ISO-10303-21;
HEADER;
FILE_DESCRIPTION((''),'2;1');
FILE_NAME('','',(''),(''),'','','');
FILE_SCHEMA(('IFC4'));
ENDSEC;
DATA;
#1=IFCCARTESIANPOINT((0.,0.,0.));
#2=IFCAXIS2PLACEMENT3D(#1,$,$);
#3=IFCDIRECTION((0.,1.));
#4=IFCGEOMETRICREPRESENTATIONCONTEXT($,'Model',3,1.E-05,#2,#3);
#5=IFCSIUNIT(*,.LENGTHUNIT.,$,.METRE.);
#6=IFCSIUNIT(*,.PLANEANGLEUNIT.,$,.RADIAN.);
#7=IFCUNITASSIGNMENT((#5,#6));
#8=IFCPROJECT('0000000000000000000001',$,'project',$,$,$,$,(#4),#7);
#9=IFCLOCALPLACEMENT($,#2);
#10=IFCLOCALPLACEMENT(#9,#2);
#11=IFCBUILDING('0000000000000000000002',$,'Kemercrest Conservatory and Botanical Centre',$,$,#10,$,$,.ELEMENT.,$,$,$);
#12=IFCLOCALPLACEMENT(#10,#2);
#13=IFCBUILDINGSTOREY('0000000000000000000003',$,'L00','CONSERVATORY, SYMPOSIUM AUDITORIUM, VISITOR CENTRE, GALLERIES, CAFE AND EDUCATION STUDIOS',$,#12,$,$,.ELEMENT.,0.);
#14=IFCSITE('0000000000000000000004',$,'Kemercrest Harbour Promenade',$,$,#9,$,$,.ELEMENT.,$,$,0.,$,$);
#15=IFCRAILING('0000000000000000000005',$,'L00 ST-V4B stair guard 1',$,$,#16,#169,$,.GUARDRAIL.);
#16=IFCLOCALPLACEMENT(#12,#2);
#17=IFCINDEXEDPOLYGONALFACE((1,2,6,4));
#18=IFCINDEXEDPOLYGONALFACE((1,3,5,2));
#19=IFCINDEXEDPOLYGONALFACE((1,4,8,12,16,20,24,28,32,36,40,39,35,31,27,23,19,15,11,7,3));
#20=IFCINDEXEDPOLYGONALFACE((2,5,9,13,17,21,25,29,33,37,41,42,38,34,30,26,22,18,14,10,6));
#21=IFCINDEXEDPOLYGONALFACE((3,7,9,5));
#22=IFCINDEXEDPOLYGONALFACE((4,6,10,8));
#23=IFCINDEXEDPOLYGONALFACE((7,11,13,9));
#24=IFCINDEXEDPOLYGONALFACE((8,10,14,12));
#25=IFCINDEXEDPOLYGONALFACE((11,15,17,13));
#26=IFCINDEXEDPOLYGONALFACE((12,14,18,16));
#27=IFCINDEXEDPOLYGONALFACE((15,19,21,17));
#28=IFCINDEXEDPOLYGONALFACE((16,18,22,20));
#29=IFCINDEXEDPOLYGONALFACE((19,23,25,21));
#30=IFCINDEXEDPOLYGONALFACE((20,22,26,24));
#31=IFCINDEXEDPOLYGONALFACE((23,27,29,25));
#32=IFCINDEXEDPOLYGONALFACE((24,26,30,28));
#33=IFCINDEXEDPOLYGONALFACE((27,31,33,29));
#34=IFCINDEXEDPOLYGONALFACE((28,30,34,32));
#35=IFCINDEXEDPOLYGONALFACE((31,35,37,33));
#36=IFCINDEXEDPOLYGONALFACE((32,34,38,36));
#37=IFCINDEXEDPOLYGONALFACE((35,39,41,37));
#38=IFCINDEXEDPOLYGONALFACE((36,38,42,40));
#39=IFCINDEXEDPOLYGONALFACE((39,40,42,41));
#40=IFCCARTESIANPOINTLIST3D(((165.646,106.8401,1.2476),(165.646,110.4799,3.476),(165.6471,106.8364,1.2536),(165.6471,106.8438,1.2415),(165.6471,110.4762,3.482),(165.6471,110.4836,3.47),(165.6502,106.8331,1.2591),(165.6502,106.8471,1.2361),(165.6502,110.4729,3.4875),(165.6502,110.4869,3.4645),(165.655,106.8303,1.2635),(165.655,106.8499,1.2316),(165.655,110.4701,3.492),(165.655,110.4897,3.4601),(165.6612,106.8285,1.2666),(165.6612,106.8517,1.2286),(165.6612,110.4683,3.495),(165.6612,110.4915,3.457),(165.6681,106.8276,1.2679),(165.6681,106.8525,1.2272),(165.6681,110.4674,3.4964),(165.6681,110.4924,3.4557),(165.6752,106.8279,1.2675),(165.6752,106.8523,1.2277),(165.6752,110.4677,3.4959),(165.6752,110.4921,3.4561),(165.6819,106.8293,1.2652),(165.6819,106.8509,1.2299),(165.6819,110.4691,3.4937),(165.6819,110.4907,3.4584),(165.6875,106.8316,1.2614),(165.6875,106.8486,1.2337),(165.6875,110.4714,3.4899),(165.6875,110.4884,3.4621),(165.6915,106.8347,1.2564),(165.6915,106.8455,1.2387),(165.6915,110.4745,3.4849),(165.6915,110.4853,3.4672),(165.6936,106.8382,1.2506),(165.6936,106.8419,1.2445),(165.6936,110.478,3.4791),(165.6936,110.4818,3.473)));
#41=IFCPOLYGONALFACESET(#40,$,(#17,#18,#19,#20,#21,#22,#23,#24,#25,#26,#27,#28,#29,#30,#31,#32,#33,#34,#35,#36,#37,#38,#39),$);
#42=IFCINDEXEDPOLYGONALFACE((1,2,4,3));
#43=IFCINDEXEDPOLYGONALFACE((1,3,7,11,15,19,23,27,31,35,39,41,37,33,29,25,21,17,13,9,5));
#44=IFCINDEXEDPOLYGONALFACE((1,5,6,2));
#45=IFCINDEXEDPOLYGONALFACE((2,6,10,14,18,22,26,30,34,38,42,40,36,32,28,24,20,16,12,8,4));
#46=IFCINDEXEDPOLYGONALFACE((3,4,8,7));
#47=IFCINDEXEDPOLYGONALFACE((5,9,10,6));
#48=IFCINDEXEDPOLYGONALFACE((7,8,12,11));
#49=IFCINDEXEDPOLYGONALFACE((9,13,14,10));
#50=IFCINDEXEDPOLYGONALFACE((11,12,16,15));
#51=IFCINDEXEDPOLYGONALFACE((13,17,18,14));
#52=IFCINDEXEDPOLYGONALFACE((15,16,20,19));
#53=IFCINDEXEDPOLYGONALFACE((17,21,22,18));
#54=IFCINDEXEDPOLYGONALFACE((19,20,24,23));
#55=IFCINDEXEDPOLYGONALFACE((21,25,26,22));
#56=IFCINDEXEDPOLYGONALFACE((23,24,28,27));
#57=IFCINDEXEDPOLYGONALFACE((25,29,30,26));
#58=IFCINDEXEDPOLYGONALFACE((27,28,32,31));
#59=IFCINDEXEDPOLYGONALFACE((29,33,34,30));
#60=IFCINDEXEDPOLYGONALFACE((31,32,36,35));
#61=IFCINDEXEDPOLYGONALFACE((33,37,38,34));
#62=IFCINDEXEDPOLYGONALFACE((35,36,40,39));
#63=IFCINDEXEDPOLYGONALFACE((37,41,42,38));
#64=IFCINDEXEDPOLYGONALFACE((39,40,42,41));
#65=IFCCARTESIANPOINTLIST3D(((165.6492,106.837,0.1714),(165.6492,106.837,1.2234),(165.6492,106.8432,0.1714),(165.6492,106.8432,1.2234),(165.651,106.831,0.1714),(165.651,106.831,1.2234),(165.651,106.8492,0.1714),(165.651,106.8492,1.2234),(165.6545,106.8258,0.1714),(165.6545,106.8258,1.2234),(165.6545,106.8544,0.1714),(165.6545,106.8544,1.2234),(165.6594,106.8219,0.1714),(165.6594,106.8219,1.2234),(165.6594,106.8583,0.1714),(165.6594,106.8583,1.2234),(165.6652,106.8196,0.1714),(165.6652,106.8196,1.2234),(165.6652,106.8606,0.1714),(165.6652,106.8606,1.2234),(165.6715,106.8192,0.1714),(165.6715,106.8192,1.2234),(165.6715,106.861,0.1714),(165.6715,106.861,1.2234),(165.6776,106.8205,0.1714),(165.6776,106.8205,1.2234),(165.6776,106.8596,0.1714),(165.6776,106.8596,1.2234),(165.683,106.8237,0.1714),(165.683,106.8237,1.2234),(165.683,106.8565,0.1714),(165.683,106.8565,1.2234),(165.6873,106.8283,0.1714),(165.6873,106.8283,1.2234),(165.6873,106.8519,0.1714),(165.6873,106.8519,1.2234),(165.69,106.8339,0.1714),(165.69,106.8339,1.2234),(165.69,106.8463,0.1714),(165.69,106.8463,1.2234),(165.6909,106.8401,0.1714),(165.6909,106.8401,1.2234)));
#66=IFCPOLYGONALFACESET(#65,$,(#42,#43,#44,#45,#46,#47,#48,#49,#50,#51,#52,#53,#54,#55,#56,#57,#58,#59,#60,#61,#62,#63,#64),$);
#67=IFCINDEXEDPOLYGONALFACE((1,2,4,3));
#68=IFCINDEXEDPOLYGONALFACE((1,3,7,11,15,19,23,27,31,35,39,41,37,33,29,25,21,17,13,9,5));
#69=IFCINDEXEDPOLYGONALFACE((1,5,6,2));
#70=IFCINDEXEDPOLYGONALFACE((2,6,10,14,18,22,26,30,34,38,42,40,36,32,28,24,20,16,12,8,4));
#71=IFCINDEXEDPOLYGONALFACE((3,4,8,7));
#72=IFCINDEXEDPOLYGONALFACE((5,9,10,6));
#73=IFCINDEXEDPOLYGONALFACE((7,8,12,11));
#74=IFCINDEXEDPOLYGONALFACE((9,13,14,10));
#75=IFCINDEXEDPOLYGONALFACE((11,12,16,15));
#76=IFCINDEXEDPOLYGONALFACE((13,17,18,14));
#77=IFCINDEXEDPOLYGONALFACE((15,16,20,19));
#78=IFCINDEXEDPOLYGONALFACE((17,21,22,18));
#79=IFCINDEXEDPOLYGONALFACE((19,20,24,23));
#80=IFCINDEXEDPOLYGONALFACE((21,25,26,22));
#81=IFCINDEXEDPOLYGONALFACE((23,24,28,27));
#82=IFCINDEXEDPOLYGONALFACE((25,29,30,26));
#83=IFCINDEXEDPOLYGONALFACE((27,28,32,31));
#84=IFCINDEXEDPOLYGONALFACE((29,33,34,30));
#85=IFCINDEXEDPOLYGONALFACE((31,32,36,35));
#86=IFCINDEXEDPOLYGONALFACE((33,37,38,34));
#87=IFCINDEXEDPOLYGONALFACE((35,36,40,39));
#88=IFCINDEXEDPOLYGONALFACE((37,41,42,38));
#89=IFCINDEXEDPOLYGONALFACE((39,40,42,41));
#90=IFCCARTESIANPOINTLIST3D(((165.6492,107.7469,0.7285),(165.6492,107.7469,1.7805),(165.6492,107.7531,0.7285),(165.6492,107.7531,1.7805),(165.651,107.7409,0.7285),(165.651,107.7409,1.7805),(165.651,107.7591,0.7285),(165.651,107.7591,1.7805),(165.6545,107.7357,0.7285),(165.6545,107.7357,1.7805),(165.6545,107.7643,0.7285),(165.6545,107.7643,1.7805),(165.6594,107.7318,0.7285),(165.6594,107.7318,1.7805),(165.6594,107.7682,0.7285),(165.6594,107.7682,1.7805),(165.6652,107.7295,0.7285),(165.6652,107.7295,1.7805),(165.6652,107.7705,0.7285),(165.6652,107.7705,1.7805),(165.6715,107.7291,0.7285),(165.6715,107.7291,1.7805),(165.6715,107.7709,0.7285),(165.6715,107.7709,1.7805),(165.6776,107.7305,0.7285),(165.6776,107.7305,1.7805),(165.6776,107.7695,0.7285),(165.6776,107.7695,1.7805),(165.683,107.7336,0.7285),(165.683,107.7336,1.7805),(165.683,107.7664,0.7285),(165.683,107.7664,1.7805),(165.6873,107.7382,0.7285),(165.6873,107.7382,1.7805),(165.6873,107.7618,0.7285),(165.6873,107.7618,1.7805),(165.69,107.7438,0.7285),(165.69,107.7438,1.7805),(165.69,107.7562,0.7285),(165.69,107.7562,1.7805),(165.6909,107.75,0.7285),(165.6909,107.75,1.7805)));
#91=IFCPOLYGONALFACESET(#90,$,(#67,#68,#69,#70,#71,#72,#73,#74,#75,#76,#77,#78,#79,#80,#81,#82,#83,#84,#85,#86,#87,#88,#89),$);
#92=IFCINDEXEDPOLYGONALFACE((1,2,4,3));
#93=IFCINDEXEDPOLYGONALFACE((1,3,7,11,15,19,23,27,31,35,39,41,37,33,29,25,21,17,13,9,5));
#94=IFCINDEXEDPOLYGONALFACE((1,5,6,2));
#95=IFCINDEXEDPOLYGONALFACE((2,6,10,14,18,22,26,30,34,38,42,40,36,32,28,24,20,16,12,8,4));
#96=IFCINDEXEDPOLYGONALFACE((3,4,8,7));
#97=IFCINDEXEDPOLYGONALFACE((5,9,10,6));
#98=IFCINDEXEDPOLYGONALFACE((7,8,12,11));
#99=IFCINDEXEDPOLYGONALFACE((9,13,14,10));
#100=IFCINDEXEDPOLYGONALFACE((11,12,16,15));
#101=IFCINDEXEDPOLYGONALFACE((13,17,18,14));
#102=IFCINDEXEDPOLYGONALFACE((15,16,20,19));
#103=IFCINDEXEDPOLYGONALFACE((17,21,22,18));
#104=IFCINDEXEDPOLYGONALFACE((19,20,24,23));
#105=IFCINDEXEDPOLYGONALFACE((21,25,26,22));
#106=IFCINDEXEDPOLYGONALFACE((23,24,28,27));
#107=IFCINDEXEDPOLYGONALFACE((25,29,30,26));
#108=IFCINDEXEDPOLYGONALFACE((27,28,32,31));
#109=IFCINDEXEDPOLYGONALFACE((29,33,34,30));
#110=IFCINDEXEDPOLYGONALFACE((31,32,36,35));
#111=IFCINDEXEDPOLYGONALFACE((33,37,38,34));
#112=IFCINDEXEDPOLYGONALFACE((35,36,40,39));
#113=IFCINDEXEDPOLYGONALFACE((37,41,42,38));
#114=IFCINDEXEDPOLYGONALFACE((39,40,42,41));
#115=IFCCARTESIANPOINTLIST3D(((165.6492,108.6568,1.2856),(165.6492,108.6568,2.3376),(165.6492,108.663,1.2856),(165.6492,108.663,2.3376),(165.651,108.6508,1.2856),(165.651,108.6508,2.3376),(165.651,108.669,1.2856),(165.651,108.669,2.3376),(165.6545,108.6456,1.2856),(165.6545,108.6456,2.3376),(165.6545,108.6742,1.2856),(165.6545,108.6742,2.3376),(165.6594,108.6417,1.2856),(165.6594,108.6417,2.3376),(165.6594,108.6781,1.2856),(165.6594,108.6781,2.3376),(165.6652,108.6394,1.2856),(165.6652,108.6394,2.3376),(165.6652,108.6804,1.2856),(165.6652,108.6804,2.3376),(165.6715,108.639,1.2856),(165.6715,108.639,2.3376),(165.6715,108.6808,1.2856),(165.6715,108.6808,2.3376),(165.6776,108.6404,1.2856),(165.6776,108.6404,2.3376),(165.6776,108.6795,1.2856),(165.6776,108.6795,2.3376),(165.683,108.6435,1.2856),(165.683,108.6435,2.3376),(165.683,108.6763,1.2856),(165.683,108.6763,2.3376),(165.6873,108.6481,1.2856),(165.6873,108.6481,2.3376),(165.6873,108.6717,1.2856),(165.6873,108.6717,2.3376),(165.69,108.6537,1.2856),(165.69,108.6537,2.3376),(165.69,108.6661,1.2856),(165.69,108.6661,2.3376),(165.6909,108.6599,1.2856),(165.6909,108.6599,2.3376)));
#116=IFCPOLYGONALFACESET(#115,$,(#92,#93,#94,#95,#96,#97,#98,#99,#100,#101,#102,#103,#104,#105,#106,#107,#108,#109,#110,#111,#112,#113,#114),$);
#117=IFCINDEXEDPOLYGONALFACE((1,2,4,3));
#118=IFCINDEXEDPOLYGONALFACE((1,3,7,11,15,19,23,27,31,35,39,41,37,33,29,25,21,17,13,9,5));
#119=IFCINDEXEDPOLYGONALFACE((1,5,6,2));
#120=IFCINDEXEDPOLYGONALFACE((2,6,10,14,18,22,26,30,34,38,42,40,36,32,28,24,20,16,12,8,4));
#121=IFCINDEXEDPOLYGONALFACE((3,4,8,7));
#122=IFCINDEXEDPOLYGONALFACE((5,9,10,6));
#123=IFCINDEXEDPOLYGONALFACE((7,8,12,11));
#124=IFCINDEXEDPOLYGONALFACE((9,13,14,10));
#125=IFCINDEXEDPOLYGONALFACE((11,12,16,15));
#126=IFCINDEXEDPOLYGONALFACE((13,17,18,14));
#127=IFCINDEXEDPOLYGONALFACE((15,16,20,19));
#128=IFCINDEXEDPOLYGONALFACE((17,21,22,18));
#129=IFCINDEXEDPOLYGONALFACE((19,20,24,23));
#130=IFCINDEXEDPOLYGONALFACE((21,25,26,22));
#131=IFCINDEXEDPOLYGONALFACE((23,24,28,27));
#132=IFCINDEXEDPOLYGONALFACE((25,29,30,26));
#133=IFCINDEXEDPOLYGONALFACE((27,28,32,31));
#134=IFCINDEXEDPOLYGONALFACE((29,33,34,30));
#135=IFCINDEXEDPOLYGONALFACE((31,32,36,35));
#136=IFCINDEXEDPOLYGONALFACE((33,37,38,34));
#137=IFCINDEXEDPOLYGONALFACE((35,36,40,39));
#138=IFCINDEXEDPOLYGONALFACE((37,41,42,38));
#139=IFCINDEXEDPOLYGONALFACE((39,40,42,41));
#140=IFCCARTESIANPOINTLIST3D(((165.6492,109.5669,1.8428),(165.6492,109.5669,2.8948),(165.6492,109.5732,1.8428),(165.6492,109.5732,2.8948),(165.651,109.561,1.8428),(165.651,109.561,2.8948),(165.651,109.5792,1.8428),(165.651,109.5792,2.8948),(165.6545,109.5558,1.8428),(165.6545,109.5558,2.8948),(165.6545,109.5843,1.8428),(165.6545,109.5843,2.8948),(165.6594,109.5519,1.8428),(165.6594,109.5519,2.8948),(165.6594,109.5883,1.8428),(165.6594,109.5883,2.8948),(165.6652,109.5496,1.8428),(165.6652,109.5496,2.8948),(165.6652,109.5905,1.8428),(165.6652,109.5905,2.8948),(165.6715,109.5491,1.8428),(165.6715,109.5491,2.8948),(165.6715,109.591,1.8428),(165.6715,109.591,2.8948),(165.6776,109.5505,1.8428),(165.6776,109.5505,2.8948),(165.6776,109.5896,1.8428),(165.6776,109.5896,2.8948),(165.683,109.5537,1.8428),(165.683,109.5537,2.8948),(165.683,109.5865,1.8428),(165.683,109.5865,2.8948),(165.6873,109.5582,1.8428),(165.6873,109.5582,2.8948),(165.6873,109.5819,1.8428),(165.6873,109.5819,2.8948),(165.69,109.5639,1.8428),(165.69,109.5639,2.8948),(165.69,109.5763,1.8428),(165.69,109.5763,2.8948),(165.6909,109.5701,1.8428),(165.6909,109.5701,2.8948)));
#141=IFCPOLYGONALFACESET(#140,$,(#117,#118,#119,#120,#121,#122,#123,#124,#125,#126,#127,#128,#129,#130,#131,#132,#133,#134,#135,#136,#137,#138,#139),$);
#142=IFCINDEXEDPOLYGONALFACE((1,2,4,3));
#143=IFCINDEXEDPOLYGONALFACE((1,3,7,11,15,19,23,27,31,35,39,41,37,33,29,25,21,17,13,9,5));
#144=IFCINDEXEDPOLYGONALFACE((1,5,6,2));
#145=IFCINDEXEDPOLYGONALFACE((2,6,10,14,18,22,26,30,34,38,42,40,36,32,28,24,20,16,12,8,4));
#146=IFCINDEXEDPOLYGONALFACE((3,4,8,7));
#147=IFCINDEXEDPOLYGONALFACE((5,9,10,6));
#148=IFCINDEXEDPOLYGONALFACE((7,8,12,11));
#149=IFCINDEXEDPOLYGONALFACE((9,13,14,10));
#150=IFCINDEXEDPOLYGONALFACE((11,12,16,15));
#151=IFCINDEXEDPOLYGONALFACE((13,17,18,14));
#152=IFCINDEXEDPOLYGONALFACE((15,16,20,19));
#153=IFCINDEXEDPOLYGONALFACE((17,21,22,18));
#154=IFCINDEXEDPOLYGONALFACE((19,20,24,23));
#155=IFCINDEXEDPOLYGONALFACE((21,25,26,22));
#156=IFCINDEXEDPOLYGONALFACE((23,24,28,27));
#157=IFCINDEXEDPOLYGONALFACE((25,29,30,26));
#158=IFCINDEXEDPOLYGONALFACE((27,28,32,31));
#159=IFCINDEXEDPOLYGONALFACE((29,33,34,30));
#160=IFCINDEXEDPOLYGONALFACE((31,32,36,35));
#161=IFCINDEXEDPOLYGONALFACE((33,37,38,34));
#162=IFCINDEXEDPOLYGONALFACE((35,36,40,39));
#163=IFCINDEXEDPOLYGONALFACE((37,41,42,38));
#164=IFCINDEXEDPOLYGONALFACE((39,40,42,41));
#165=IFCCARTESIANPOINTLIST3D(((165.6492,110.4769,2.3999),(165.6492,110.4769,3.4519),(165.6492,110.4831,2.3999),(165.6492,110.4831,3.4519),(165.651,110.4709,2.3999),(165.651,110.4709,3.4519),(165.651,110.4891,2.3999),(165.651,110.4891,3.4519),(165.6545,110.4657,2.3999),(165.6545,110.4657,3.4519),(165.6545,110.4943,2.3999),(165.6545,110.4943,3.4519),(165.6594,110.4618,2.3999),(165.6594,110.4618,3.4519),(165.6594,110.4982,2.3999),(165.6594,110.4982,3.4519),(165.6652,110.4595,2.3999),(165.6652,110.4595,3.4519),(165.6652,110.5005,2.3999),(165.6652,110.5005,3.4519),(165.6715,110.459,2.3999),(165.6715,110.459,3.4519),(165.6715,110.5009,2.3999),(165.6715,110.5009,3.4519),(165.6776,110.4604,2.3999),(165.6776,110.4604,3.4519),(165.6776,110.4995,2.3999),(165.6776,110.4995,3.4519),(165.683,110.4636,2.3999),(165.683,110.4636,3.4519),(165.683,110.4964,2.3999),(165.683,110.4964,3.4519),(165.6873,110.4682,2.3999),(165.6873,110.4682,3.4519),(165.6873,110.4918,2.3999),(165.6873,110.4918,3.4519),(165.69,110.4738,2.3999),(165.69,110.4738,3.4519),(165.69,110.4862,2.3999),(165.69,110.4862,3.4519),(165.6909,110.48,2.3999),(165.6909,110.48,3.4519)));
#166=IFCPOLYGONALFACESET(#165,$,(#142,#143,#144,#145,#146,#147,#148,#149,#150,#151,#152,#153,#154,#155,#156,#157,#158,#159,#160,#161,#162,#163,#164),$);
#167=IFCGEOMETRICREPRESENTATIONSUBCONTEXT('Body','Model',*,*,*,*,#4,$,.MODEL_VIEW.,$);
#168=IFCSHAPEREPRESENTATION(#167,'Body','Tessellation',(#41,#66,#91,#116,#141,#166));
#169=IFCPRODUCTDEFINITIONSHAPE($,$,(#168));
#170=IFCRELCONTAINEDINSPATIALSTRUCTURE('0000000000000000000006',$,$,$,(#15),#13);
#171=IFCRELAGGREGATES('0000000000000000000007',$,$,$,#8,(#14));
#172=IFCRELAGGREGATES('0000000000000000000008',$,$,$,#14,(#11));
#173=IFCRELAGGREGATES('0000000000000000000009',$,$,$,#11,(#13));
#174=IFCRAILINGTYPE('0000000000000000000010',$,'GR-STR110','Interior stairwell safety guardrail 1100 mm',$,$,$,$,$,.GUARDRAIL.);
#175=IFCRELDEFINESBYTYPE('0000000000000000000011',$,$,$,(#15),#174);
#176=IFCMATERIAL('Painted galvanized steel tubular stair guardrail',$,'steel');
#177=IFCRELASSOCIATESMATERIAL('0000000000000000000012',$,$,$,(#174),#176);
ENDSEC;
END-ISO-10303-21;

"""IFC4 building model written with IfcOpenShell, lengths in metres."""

from ifc_helpers import new_model, si_unit, direction, frame, origin, origin_2d, place, context, subcontext, project, spatial, circle, extrude, material, type_object, element, save


model = new_model("IFC4")

# Units and contexts
model_context = context("Model", 3, precision=1e-05, world=origin(), true_north=direction((0.0, 1.0)))
body_context = subcontext(model_context, "Body", "Model", "MODEL_VIEW")
ifc_project = project(units=[si_unit("LENGTHUNIT", "METRE"), si_unit("PLANEANGLEUNIT", "RADIAN")], contexts=[model_context])

# Site, building, storey
site_placement = place(None, origin())
site = spatial("IfcSite", under=ifc_project, at=site_placement, Name="Kemercrest Harbour Promenade", CompositionType="ELEMENT", RefElevation=0.0)
building_placement = place(site_placement, origin())
building = spatial("IfcBuilding", under=site, at=building_placement, Name="Kemercrest Conservatory and Botanical Centre", CompositionType="ELEMENT")
storey_placement = place(building_placement, origin())
storey = spatial("IfcBuildingStorey", under=building, at=storey_placement, Name="L00", Description="CONSERVATORY, SYMPOSIUM AUDITORIUM, VISITOR CENTRE, GALLERIES, CAFE AND EDUCATION STUDIOS", CompositionType="ELEMENT", Elevation=0.0)

# Railing
ifc_material_1 = material(Name="Painted galvanized steel tubular stair guardrail", Category="steel")
railing_type_1 = type_object("IfcRailingType", Name="GR-STR110", Description="Interior stairwell safety guardrail 1100 mm", PredefinedType="GUARDRAIL", material=ifc_material_1)
railing_1_placement = place(storey_placement, frame((165.6699, 106.8401, 0.1714)))
element("IfcRailing", 1, at=railing_1_placement, inside=storey, type_object=railing_type_1, Name="L00 ST-V4B stair guard 1", PredefinedType="GUARDRAIL", context=body_context, shape_type="SweptSolid", body=[
    extrude(circle(Radius=0.0239, at=origin_2d()), frame((0.0, 0.0, 1.0762), z_axis=(0.0, 0.85285, 0.522156), x_axis=(-1.0, 0.0, 0.0)), (0.0, 0.0, 1.0), 4.2678),
    extrude(circle(Radius=0.021, at=origin_2d()), origin(), (0.0, 0.0, 1.0), 1.052),
    extrude(circle(Radius=0.021, at=origin_2d()), frame((0.0, 0.9099, 0.5571)), (0.0, 0.0, 1.0), 1.052),
    extrude(circle(Radius=0.021, at=origin_2d()), frame((0.0, 1.8198, 1.1143)), (0.0, 0.0, 1.0), 1.052),
    extrude(circle(Radius=0.021, at=origin_2d()), frame((0.0, 2.73, 1.6714)), (0.0, 0.0, 1.0), 1.052),
    extrude(circle(Radius=0.021, at=origin_2d()), frame((0.0, 3.6399, 2.2285)), (0.0, 0.0, 1.0), 1.052),
])

save(model, "model.ifc")
